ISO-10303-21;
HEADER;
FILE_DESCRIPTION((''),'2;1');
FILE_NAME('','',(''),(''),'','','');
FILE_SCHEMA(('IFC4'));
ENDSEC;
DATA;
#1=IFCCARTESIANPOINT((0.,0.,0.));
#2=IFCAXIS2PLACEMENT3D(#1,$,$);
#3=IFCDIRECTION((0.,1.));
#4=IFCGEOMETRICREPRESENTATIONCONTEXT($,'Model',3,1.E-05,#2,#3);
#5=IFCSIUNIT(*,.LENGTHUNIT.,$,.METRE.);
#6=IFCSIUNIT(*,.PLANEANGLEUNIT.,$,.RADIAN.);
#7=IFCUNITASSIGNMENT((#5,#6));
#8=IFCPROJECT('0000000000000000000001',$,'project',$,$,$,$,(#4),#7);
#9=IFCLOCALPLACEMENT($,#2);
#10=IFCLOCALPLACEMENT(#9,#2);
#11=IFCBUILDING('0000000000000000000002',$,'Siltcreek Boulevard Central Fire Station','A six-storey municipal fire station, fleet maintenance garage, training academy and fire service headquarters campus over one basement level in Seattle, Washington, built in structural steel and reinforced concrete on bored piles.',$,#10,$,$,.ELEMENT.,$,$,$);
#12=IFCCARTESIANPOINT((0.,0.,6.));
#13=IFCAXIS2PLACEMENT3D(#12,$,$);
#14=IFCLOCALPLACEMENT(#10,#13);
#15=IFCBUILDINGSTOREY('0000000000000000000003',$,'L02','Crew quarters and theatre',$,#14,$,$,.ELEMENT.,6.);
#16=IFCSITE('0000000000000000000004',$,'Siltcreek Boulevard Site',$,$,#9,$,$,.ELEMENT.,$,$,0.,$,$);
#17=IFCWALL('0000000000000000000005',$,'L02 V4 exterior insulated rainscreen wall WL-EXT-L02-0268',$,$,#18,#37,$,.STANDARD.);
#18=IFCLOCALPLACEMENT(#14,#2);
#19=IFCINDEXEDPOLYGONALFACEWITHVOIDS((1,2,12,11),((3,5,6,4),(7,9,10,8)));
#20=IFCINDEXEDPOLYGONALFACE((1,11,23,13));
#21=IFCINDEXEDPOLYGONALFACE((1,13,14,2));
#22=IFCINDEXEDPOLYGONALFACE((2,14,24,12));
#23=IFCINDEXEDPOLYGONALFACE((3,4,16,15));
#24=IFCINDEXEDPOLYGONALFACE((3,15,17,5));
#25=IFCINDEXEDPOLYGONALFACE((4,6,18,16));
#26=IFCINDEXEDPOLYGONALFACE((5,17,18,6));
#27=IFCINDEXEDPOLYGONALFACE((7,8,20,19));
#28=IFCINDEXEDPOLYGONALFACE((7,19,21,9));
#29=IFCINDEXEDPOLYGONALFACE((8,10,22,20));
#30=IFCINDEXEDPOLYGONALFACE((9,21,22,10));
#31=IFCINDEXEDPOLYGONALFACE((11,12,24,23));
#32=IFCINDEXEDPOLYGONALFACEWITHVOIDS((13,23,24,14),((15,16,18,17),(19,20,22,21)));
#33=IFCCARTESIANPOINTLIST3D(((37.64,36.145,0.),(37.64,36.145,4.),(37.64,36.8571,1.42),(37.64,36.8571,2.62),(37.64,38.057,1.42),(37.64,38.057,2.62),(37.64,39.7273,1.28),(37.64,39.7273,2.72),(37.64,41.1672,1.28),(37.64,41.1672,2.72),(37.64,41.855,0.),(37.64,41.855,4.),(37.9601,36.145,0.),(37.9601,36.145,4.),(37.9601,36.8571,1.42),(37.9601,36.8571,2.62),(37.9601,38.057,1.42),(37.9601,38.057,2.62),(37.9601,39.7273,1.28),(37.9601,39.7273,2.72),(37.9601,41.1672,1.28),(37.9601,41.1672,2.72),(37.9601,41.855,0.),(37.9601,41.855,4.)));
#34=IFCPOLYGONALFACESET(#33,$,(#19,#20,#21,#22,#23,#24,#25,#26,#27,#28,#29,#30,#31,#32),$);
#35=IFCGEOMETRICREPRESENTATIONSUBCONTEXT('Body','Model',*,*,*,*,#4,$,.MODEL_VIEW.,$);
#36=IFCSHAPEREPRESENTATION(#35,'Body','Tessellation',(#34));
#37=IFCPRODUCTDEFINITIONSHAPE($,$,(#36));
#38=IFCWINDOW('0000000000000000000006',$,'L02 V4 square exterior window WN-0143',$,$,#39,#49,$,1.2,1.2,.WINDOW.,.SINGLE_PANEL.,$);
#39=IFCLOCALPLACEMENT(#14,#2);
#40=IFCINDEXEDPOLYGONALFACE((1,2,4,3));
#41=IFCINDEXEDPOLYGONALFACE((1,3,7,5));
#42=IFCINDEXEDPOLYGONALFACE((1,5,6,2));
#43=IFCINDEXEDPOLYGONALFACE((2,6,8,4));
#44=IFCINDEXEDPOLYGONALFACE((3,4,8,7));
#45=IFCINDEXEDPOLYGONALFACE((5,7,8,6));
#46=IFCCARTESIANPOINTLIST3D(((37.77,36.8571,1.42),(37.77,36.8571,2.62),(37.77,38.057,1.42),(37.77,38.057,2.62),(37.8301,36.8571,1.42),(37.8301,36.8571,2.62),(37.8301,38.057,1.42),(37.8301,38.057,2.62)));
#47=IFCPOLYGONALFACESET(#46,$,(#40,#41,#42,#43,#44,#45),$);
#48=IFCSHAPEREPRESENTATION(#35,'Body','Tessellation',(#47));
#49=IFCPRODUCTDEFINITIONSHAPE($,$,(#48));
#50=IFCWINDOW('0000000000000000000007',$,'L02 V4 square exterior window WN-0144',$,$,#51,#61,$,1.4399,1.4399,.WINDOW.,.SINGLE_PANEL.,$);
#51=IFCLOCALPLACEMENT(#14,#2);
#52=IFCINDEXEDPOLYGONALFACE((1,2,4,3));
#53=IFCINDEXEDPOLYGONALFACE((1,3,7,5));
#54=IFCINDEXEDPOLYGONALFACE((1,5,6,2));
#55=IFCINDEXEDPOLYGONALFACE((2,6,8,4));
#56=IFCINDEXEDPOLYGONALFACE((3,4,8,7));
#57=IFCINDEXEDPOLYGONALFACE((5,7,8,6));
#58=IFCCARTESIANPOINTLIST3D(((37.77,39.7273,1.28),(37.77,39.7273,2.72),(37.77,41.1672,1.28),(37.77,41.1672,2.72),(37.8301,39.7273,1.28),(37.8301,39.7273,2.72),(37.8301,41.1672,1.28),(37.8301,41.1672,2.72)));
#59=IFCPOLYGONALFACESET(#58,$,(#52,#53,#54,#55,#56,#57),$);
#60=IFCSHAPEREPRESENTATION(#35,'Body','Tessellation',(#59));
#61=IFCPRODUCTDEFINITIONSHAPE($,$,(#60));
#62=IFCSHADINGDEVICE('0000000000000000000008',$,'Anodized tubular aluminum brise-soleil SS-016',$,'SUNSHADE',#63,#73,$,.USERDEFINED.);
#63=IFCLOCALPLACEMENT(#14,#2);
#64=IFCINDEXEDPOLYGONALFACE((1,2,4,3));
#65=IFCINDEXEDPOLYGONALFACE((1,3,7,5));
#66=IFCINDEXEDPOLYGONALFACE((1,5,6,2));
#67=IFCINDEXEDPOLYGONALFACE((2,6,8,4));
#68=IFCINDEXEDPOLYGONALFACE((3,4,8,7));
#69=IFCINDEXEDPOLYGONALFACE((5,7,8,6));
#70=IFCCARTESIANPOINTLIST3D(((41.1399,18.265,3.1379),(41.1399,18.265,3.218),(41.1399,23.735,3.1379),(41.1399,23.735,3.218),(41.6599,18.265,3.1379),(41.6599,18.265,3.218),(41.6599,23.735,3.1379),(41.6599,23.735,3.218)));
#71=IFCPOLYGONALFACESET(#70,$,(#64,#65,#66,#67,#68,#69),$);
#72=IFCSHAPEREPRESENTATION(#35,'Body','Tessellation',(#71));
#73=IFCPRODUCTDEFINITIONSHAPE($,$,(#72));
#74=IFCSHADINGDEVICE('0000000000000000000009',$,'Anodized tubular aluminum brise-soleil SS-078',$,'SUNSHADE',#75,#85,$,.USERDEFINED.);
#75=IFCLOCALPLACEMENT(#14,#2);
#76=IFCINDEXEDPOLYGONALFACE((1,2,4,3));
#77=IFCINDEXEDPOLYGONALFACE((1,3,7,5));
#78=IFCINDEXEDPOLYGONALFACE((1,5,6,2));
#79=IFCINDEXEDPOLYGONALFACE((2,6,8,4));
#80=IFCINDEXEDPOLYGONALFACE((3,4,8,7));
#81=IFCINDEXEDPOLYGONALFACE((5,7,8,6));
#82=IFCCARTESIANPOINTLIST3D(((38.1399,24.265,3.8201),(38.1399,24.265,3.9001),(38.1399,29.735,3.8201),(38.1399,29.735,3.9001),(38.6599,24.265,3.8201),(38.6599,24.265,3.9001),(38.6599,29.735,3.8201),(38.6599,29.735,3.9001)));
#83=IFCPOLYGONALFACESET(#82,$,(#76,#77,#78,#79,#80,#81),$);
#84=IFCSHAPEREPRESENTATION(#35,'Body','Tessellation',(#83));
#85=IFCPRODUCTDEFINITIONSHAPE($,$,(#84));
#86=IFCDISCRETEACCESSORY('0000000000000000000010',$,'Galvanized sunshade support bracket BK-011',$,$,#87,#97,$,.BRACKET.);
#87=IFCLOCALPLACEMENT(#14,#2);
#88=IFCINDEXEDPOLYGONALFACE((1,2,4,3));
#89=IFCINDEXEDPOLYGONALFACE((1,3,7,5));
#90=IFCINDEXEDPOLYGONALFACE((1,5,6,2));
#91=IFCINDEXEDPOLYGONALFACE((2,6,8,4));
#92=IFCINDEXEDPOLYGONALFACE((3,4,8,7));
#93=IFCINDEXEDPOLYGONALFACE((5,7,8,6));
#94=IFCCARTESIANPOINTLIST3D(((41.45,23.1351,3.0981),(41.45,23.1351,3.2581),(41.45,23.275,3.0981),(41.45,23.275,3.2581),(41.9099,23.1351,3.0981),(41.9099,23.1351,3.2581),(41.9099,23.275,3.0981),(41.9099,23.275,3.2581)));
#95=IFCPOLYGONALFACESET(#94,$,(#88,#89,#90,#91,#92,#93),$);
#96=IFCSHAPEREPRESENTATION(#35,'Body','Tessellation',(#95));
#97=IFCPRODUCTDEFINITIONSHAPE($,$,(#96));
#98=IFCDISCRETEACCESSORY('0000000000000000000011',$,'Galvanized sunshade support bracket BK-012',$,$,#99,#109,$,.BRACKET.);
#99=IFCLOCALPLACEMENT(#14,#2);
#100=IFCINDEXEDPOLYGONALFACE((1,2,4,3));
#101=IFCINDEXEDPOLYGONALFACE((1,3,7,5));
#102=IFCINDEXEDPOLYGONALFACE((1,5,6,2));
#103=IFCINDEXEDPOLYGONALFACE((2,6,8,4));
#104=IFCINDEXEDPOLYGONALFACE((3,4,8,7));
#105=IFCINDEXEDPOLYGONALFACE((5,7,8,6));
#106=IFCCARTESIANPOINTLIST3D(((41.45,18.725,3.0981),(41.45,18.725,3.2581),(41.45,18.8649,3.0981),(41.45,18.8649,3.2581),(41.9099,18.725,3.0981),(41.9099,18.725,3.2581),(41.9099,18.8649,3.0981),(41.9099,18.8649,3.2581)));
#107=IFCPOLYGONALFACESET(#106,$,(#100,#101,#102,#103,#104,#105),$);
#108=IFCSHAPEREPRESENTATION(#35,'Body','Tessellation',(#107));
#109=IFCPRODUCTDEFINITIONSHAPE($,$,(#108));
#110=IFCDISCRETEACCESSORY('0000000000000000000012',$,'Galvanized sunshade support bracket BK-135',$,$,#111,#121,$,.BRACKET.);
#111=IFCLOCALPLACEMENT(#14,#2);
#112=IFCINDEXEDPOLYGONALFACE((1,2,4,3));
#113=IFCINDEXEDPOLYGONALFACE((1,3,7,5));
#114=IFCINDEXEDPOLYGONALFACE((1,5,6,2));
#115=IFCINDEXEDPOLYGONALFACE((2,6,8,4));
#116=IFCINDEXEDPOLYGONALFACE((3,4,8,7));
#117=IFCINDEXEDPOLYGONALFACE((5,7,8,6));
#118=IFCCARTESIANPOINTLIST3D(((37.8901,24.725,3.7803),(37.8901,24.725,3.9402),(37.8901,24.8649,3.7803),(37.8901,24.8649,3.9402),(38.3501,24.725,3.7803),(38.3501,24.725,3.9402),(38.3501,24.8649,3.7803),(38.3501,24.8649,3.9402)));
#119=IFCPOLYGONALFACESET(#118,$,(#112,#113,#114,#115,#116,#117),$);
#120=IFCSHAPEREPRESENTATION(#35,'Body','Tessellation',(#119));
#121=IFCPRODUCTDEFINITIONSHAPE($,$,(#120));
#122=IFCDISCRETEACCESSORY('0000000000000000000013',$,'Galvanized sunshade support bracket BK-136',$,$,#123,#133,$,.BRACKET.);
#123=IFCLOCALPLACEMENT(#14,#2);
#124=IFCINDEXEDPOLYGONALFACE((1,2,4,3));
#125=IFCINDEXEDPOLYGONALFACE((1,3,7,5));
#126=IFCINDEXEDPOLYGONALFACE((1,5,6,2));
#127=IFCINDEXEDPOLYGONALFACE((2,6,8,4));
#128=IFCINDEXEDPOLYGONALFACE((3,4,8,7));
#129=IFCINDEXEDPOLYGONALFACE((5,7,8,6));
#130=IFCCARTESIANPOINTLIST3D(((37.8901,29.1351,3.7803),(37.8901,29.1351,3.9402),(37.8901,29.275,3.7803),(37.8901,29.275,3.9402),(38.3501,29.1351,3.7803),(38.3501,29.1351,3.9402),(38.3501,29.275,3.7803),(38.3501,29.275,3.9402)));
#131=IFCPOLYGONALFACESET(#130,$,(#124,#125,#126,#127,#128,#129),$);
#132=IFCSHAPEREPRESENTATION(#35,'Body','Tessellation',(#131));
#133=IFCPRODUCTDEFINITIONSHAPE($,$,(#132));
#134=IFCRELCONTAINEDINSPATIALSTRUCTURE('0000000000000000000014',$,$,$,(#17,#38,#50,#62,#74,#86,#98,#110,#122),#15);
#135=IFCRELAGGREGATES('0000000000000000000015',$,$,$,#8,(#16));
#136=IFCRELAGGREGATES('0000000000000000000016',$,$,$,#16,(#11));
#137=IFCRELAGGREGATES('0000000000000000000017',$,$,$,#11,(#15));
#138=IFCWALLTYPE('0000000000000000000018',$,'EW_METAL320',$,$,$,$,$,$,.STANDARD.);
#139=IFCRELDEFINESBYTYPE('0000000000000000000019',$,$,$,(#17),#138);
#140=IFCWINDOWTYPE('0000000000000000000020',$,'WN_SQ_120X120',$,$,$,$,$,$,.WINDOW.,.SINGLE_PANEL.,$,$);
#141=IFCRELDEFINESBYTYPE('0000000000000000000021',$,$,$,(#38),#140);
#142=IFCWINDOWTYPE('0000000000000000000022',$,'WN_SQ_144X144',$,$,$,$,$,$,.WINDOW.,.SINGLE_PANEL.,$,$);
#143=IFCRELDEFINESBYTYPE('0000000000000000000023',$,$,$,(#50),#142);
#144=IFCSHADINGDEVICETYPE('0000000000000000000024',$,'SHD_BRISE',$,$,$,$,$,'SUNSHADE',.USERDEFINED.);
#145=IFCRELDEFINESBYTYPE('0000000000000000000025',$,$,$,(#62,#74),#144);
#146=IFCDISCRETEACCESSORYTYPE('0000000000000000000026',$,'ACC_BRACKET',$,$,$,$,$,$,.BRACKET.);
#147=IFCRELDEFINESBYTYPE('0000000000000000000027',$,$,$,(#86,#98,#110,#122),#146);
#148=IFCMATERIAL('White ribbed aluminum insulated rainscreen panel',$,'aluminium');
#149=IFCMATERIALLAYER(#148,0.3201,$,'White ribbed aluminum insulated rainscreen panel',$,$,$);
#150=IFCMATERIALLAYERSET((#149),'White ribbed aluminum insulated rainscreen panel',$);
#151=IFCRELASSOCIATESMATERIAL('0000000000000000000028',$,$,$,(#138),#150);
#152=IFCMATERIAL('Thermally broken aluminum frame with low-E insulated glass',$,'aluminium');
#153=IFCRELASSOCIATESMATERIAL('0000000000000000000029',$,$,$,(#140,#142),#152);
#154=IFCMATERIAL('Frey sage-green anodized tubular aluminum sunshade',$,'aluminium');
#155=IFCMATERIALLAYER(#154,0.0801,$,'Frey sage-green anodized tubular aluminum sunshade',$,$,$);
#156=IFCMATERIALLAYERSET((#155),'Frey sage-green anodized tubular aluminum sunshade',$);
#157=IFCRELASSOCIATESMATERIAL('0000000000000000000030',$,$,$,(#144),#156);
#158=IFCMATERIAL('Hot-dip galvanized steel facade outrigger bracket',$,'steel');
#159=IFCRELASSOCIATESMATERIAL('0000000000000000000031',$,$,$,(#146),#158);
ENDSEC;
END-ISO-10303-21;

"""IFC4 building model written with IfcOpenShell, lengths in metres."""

from ifc_helpers import new_model, si_unit, direction, frame, frame_2d, origin, origin_2d, place, context, subcontext, project, spatial, rectangle, extrude, material, layer, layer_set, type_object, element, fill, save


model = new_model("IFC4")

# Units and contexts
model_context = context("Model", 3, precision=1e-05, world=origin(), true_north=direction((0.0, 1.0)))
body_context = subcontext(model_context, "Body", "Model", "MODEL_VIEW")
ifc_project = project(units=[si_unit("LENGTHUNIT", "METRE"), si_unit("PLANEANGLEUNIT", "RADIAN")], contexts=[model_context])

# Site, building, storey
site_placement = place(None, origin())
site = spatial("IfcSite", under=ifc_project, at=site_placement, Name="Siltcreek Boulevard Site", CompositionType="ELEMENT", RefElevation=0.0)
building_placement = place(site_placement, origin())
building = spatial("IfcBuilding", under=site, at=building_placement, Name="Siltcreek Boulevard Central Fire Station", Description="A six-storey municipal fire station, fleet maintenance garage, training academy and fire service headquarters campus over one basement level in Seattle, Washington, built in structural steel and reinforced concrete on bored piles.", CompositionType="ELEMENT")
storey_placement = place(building_placement, frame((0.0, 0.0, 6.0)))
storey = spatial("IfcBuildingStorey", under=building, at=storey_placement, Name="L02", Description="Crew quarters and theatre", CompositionType="ELEMENT", Elevation=6.0)

# Wall, openings, windows
ifc_material_1 = material(Name="White ribbed aluminum insulated rainscreen panel", Category="aluminium")
ifc_layer_1 = layer(ifc_material_1, 0.3201, Name="White ribbed aluminum insulated rainscreen panel")
ifc_layer_set_1 = layer_set([ifc_layer_1], Name="White ribbed aluminum insulated rainscreen panel")
wall_type = type_object("IfcWallType", Name="EW_METAL320", PredefinedType="STANDARD", material=ifc_layer_set_1)
ifc_material_2 = material(Name="Thermally broken aluminum frame with low-E insulated glass", Category="aluminium")
window_type_1 = type_object("IfcWindowType", Name="WN_SQ_120X120", PartitioningType="SINGLE_PANEL", PredefinedType="WINDOW", material=ifc_material_2)
wall_1_placement = place(storey_placement, frame((37.8, 36.145, 0.0), z_axis=(0.0, 0.0, 1.0), x_axis=(0.0, 1.0, 0.0)))
wall_1 = element("IfcWall", 1, at=wall_1_placement, inside=storey, type_object=wall_type, Name="L02 V4 exterior insulated rainscreen wall WL-EXT-L02-0268", PredefinedType="STANDARD", context=body_context, shape_type="SweptSolid", body=[
    extrude(rectangle(XDim=5.71, YDim=0.3201, at=frame_2d((2.855, 0.0))), origin(), (0.0, 0.0, 1.0), 4.0),
])
opening_1_placement = place(wall_1_placement, frame((0.7119, 0.0, 1.4199)))
opening_1 = element("IfcOpeningElement", 2, at=opening_1_placement, cuts=wall_1, PredefinedType="OPENING", context=body_context, shape_type="SweptSolid", body=[
    extrude(rectangle(XDim=1.2, YDim=1.2, at=frame_2d((0.6001, 0.6001))), frame((0.0, 0.1699, 0.0), z_axis=(0.0, -1.0, 0.0), x_axis=(1.0, 0.0, 0.0)), (0.0, 0.0, 1.0), 0.3401),
])
opening_2_placement = place(wall_1_placement, frame((3.5823, 0.0, 1.28)))
opening_2 = element("IfcOpeningElement", 3, at=opening_2_placement, cuts=wall_1, PredefinedType="OPENING", context=body_context, shape_type="SweptSolid", body=[
    extrude(rectangle(XDim=1.4399, YDim=1.4399, at=frame_2d((0.72, 0.72))), frame((0.0, 0.1699, 0.0), z_axis=(0.0, -1.0, 0.0), x_axis=(1.0, 0.0, 0.0)), (0.0, 0.0, 1.0), 0.3401),
])
window_1_placement = place(opening_1_placement, origin())
window_1 = element("IfcWindow", 4, at=window_1_placement, inside=storey, type_object=window_type_1, Name="L02 V4 square exterior window WN-0143", OverallHeight=1.2, OverallWidth=1.2, PartitioningType="SINGLE_PANEL", PredefinedType="WINDOW", context=body_context, shape_type="SweptSolid", body=[
    extrude(rectangle(XDim=1.2, YDim=1.2, at=frame_2d((0.6001, 0.6001))), frame((0.0, 0.03, 0.0), z_axis=(0.0, -1.0, 0.0), x_axis=(1.0, 0.0, 0.0)), (0.0, 0.0, 1.0), 0.0601),
])
fill(opening_1, window_1)
window_type_2 = type_object("IfcWindowType", Name="WN_SQ_144X144", PartitioningType="SINGLE_PANEL", PredefinedType="WINDOW", material=ifc_material_2)
window_2_placement = place(opening_2_placement, origin())
window_2 = element("IfcWindow", 5, at=window_2_placement, inside=storey, type_object=window_type_2, Name="L02 V4 square exterior window WN-0144", OverallHeight=1.4399, OverallWidth=1.4399, PartitioningType="SINGLE_PANEL", PredefinedType="WINDOW", context=body_context, shape_type="SweptSolid", body=[
    extrude(rectangle(XDim=1.4399, YDim=1.4399, at=frame_2d((0.72, 0.72))), frame((0.0, 0.03, 0.0), z_axis=(0.0, -1.0, 0.0), x_axis=(1.0, 0.0, 0.0)), (0.0, 0.0, 1.0), 0.0601),
])
fill(opening_2, window_2)

# Shading devices
ifc_material_3 = material(Name="Frey sage-green anodized tubular aluminum sunshade", Category="aluminium")
ifc_layer_2 = layer(ifc_material_3, 0.0801, Name="Frey sage-green anodized tubular aluminum sunshade")
ifc_layer_set_2 = layer_set([ifc_layer_2], Name="Frey sage-green anodized tubular aluminum sunshade")
shading_device_type = type_object("IfcShadingDeviceType", Name="SHD_BRISE", ElementType="SUNSHADE", PredefinedType="USERDEFINED", material=ifc_layer_set_2)
for number, where, z_axis, x_axis, name in (
    (6, (41.3999, 21.0, 3.1379), (0.0, 0.0, 1.0), (0.0, -1.0, 0.0), "Anodized tubular aluminum brise-soleil SS-016"),
    (7, (38.3999, 27.0, 3.8201), (0.0, 0.0, 1.0), (0.0, 1.0, 0.0), "Anodized tubular aluminum brise-soleil SS-078"),
):
    element("IfcShadingDevice", number, at=place(storey_placement, frame(where, z_axis=z_axis, x_axis=x_axis)), inside=storey, type_object=shading_device_type, Name=name, ObjectType="SUNSHADE", PredefinedType="USERDEFINED", context=body_context, shape_type="SweptSolid", body=[
        extrude(rectangle(XDim=5.47, YDim=0.52, at=origin_2d()), origin(), (0.0, 0.0, 1.0), 0.0801),
    ])

# Discrete accessories
ifc_material_4 = material(Name="Hot-dip galvanized steel facade outrigger bracket", Category="steel")
discrete_accessory_type = type_object("IfcDiscreteAccessoryType", Name="ACC_BRACKET", PredefinedType="BRACKET", material=ifc_material_4)
for number, where, z_axis, x_axis, name in (
    (8, (41.6799, 23.2051, 3.0981), (0.0, 0.0, 1.0), (0.0, -1.0, 0.0), "Galvanized sunshade support bracket BK-011"),
    (9, (41.6799, 18.7949, 3.0981), (0.0, 0.0, 1.0), (0.0, -1.0, 0.0), "Galvanized sunshade support bracket BK-012"),
    (10, (38.1201, 24.7949, 3.7803), (0.0, 0.0, 1.0), (0.0, 1.0, 0.0), "Galvanized sunshade support bracket BK-135"),
    (11, (38.1201, 29.2051, 3.7803), (0.0, 0.0, 1.0), (0.0, 1.0, 0.0), "Galvanized sunshade support bracket BK-136"),
):
    element("IfcDiscreteAccessory", number, at=place(storey_placement, frame(where, z_axis=z_axis, x_axis=x_axis)), inside=storey, type_object=discrete_accessory_type, Name=name, PredefinedType="BRACKET", context=body_context, shape_type="SweptSolid", body=[
        extrude(rectangle(XDim=0.1399, YDim=0.46, at=origin_2d()), origin(), (0.0, 0.0, 1.0), 0.1599),
    ])

save(model, "model.ifc")
